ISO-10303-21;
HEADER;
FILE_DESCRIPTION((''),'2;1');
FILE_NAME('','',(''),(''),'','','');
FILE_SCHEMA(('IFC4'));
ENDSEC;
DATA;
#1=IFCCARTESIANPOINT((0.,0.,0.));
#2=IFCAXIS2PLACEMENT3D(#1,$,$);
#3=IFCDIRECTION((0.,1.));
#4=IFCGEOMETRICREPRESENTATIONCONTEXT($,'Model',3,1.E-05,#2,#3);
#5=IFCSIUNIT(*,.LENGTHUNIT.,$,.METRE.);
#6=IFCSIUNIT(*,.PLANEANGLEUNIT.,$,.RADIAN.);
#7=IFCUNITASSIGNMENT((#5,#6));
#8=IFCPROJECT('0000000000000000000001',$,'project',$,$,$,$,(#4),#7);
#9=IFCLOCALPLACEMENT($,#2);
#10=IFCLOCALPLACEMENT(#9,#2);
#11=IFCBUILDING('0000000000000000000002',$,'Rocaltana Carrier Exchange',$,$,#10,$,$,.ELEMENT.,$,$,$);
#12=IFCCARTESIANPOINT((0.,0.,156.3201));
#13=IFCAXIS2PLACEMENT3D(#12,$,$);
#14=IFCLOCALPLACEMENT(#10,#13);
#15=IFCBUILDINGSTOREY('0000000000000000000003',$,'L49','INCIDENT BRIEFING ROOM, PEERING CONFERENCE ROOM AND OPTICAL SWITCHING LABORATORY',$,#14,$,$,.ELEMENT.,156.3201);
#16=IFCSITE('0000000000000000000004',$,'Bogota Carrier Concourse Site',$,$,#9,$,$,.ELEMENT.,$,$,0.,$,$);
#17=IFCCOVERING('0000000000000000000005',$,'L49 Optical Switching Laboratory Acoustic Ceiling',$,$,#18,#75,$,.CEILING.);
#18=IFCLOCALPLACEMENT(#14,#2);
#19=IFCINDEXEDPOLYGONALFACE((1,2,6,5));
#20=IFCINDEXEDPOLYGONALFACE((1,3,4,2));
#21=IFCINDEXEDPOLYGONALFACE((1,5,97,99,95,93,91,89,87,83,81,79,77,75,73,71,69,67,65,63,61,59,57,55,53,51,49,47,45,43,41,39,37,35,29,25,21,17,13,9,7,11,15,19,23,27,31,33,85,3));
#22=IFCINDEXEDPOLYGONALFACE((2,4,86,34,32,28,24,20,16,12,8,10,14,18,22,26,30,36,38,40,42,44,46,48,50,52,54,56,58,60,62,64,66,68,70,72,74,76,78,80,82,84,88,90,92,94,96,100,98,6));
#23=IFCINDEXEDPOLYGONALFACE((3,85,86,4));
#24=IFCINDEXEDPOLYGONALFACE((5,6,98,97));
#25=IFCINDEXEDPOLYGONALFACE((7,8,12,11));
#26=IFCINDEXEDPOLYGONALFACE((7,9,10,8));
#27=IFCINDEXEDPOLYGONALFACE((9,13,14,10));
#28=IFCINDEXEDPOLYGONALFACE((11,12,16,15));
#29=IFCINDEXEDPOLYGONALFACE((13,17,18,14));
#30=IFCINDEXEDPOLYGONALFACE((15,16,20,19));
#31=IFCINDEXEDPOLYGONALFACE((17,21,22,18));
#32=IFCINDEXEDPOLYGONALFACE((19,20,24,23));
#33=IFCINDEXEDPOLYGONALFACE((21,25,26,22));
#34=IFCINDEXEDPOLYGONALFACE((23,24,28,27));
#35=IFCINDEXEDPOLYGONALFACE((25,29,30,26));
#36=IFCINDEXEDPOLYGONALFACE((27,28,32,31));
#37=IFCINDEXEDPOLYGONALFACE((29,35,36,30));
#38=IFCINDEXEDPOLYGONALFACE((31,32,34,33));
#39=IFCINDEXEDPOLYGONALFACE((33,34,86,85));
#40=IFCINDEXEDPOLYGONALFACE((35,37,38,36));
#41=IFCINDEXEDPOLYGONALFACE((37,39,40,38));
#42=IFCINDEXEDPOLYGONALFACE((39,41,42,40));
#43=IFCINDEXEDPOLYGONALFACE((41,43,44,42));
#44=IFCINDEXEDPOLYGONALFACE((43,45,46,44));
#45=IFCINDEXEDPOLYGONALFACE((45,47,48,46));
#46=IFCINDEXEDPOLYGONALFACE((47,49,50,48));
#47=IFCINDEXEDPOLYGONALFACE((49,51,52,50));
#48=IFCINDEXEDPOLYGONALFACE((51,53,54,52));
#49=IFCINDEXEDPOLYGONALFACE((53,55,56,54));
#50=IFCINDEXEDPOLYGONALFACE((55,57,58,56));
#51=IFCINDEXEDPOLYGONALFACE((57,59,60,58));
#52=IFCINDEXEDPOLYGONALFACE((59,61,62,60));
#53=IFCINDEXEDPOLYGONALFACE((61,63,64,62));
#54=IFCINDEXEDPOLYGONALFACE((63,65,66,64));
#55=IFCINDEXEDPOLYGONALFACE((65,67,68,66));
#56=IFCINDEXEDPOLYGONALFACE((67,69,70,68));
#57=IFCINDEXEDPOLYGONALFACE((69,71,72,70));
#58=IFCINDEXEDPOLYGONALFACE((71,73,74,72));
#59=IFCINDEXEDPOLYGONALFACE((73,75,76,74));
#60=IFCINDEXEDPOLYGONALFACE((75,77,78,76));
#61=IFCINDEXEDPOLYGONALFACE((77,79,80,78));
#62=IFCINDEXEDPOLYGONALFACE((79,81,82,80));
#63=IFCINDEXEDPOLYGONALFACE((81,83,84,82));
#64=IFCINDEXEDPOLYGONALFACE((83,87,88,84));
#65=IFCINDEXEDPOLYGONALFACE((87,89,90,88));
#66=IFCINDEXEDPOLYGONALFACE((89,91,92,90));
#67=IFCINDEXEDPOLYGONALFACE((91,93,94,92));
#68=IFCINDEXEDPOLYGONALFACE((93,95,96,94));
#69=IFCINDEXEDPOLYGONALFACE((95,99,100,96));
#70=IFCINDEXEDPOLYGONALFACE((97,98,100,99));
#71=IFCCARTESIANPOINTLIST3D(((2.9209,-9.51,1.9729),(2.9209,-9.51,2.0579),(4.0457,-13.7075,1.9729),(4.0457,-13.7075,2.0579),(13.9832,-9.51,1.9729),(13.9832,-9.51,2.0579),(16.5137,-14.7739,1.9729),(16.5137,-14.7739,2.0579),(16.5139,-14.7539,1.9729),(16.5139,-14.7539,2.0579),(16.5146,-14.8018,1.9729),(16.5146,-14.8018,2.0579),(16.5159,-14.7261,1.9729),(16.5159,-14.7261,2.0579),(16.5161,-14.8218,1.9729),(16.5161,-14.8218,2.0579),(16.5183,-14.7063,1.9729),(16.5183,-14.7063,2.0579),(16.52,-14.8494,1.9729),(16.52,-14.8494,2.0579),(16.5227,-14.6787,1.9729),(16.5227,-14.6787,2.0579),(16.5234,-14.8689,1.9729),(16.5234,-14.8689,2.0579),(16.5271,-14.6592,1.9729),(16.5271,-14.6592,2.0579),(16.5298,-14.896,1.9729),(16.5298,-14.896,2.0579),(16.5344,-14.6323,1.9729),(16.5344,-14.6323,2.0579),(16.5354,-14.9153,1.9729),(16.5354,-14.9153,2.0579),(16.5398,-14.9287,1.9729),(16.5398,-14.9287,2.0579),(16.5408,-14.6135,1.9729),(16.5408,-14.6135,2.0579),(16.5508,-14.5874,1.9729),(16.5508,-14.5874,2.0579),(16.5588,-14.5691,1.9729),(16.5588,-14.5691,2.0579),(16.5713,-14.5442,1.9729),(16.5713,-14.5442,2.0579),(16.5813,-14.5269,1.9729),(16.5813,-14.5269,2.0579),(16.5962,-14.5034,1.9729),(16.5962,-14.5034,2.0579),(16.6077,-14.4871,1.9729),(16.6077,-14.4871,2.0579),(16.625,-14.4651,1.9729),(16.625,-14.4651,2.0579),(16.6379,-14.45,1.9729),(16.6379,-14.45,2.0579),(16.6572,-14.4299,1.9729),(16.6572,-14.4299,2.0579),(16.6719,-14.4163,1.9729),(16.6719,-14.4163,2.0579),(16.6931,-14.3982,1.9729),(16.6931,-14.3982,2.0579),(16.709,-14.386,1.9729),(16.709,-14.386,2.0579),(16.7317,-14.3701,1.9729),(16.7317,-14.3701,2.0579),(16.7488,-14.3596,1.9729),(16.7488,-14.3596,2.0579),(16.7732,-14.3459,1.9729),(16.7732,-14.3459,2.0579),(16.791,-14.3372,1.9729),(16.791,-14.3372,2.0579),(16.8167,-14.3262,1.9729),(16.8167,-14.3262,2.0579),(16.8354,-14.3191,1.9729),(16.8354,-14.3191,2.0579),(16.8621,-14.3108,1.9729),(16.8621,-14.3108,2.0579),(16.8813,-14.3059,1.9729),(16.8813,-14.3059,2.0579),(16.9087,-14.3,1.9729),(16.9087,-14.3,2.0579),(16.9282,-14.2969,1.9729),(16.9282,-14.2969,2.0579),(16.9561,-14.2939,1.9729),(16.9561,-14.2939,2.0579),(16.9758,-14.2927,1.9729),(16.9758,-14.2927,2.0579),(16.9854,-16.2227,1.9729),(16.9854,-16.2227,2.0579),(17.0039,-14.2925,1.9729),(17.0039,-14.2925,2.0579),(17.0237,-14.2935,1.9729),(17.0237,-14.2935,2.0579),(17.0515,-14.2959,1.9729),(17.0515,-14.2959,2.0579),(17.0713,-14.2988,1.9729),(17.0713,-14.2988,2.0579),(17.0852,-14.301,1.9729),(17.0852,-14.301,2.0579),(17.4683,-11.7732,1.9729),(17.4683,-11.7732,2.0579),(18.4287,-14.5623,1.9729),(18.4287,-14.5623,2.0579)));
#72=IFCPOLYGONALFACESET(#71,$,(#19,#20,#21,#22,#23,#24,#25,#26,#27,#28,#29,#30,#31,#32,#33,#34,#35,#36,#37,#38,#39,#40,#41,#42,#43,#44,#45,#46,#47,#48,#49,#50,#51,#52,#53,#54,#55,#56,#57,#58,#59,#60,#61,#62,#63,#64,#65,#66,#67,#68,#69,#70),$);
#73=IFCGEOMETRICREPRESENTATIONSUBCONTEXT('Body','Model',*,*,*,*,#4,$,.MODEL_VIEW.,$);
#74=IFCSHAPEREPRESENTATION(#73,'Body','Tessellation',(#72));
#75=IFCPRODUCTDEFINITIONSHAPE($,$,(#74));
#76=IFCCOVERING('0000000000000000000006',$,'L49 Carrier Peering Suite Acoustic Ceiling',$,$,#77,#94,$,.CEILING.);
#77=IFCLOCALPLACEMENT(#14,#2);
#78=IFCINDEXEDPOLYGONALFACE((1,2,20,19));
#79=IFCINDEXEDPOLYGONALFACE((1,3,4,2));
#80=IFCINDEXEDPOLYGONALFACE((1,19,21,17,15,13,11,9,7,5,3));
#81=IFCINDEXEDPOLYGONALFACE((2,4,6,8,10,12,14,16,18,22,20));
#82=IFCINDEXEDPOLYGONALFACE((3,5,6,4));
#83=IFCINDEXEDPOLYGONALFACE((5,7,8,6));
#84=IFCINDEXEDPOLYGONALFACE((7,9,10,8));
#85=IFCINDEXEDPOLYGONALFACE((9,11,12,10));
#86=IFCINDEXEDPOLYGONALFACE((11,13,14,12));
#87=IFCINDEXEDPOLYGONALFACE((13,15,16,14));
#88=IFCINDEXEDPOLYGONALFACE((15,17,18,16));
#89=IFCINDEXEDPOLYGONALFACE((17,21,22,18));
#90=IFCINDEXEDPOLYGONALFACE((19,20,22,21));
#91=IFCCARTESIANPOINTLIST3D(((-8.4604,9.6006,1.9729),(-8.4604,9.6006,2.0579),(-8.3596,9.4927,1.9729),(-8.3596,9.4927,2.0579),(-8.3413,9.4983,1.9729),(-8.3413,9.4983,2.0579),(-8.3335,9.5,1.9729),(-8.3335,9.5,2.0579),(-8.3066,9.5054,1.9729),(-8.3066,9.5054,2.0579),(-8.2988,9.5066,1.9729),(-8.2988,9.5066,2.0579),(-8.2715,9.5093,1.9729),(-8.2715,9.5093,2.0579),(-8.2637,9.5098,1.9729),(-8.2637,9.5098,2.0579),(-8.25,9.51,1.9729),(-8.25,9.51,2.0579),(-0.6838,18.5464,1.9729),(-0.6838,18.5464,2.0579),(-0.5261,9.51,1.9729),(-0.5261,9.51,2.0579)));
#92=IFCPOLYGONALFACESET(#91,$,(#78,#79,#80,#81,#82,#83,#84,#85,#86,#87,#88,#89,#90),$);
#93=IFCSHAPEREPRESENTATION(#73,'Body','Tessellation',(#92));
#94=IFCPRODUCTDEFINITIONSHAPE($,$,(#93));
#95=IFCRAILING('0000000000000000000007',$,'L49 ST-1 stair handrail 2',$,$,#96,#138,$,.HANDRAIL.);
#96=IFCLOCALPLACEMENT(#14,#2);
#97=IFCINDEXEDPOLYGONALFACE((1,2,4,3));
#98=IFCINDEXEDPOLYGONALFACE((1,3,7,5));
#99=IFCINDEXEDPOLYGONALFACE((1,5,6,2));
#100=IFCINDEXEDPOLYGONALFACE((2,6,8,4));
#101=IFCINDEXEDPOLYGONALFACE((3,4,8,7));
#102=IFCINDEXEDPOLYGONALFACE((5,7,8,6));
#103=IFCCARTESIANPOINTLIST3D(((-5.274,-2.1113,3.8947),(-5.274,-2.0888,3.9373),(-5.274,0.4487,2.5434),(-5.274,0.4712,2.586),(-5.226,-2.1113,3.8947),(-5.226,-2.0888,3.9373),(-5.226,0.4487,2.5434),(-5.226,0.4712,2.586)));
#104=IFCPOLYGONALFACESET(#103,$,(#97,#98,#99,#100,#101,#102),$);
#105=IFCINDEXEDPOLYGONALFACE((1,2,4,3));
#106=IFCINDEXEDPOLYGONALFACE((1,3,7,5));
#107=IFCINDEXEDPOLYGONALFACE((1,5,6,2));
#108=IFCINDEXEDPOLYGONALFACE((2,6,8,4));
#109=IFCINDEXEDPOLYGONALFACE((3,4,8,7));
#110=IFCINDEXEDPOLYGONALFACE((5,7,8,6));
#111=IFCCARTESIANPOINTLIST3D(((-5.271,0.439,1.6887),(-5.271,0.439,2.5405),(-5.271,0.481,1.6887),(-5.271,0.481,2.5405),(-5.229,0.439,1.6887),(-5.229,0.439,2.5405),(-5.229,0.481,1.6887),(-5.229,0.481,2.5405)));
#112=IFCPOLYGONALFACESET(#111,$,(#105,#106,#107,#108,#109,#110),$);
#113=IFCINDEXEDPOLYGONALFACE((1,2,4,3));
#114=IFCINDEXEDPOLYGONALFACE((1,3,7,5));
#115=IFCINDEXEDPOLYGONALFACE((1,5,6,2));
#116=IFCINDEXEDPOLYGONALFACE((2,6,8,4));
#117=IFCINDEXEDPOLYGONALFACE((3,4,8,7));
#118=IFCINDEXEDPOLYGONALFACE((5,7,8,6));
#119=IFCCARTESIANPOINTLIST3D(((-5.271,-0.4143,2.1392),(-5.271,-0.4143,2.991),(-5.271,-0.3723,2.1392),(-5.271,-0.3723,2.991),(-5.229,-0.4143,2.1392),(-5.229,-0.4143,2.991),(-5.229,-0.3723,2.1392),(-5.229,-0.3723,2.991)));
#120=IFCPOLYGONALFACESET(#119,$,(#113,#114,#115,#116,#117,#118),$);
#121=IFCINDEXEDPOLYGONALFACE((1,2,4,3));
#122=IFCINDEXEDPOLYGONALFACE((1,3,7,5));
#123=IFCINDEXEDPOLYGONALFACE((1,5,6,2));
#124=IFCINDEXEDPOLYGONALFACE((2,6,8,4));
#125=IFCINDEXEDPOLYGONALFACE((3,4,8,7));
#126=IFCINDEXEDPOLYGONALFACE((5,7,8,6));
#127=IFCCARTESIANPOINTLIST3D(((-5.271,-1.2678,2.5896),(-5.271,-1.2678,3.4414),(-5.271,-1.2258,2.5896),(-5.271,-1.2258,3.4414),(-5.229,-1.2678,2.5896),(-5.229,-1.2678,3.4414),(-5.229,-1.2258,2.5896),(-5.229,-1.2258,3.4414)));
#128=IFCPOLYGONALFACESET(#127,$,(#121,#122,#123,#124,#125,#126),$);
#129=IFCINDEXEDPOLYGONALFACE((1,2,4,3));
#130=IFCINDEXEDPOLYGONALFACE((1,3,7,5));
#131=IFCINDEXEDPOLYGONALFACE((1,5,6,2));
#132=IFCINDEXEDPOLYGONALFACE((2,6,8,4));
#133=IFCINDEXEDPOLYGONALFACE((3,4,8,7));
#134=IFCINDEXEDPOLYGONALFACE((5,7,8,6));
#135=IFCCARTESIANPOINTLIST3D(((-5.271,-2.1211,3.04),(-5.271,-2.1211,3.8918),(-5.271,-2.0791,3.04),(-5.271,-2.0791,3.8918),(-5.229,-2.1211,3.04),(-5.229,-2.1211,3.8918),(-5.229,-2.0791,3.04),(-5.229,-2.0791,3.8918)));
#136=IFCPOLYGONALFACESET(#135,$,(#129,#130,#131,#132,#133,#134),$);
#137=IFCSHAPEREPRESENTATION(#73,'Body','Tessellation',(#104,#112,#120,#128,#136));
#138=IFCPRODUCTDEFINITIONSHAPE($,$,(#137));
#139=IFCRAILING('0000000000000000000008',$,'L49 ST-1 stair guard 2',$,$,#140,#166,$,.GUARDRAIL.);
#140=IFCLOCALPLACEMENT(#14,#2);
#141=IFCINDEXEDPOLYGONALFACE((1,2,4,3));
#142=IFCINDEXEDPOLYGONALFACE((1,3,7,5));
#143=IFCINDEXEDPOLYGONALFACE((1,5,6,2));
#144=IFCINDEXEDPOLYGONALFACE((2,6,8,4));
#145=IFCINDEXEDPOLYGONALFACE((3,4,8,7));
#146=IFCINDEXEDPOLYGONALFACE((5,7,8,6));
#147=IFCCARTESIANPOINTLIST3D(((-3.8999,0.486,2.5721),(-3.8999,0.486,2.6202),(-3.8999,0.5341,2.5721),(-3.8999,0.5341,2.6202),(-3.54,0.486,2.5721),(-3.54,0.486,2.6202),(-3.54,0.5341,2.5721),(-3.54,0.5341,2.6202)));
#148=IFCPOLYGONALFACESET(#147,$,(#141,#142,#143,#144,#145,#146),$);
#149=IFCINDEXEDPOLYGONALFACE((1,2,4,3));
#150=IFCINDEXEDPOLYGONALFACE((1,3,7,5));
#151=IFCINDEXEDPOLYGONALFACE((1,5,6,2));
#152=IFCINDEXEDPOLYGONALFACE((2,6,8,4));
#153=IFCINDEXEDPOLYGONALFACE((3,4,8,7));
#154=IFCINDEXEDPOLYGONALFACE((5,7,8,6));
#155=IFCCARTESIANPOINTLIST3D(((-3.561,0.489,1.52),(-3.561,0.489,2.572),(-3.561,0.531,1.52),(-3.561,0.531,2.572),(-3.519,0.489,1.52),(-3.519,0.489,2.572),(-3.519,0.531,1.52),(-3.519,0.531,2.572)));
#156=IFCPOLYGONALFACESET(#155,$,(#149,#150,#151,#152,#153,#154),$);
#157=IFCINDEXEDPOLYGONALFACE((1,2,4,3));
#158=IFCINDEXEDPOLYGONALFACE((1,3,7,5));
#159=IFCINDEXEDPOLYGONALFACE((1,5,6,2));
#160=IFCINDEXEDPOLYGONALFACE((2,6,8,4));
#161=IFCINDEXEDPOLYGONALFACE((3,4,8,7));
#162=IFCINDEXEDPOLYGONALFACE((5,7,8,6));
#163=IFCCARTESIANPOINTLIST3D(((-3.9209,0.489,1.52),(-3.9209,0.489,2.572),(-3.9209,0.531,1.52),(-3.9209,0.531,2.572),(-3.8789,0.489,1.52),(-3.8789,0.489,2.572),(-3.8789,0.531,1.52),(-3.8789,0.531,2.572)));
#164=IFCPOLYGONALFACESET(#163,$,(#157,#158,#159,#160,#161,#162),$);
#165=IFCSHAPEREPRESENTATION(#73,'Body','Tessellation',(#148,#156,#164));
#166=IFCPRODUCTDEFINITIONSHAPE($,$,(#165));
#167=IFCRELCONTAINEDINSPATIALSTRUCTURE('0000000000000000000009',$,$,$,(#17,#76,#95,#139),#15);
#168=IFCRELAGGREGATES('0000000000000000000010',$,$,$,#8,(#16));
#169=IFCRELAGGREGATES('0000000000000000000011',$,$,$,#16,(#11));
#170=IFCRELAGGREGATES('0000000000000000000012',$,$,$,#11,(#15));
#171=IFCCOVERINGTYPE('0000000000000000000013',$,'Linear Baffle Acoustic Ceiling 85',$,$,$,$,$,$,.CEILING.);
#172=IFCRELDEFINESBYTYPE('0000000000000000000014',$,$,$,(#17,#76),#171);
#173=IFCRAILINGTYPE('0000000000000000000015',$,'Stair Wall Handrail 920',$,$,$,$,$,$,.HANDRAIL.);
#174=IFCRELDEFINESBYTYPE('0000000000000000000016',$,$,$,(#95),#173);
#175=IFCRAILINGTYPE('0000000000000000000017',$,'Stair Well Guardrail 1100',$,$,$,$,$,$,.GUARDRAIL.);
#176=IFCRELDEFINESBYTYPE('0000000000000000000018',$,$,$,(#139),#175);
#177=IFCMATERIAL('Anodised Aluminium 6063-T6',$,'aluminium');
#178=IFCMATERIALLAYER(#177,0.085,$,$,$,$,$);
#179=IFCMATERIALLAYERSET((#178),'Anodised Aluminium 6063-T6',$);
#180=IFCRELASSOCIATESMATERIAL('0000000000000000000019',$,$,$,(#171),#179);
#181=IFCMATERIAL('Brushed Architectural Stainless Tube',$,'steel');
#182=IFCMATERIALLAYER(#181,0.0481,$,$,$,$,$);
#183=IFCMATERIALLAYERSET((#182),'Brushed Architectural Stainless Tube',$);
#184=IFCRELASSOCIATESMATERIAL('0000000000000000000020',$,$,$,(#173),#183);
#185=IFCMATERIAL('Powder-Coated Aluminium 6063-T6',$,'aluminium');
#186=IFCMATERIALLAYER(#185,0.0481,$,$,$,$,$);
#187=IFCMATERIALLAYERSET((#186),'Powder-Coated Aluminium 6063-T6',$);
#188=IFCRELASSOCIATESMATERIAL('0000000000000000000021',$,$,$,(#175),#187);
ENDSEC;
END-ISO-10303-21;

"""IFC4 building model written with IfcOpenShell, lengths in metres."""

from ifc_helpers import new_model, si_unit, direction, frame, origin, origin_2d, place, context, subcontext, project, spatial, polyline, rectangle, outline, extrude, material, layer, layer_set, type_object, element, save


model = new_model("IFC4")

# Units and contexts
model_context = context("Model", 3, precision=1e-05, world=origin(), true_north=direction((0.0, 1.0)))
body_context = subcontext(model_context, "Body", "Model", "MODEL_VIEW")
ifc_project = project(units=[si_unit("LENGTHUNIT", "METRE"), si_unit("PLANEANGLEUNIT", "RADIAN")], contexts=[model_context])

# Site, building, storey
site_placement = place(None, origin())
site = spatial("IfcSite", under=ifc_project, at=site_placement, Name="Bogota Carrier Concourse Site", CompositionType="ELEMENT", RefElevation=0.0)
building_placement = place(site_placement, origin())
building = spatial("IfcBuilding", under=site, at=building_placement, Name="Rocaltana Carrier Exchange", CompositionType="ELEMENT")
storey_placement = place(building_placement, frame((0.0, 0.0, 156.3201)))
storey = spatial("IfcBuildingStorey", under=building, at=storey_placement, Name="L49", Description="INCIDENT BRIEFING ROOM, PEERING CONFERENCE ROOM AND OPTICAL SWITCHING LABORATORY", CompositionType="ELEMENT", Elevation=156.3201)

# Coverings
ifc_material_1 = material(Name="Anodised Aluminium 6063-T6", Category="aluminium")
ifc_layer_1 = layer(ifc_material_1, 0.085)
ifc_layer_set_1 = layer_set([ifc_layer_1], Name="Anodised Aluminium 6063-T6")
covering_type_1 = type_object("IfcCoveringType", Name="Linear Baffle Acoustic Ceiling 85", PredefinedType="CEILING", material=ifc_layer_set_1)
covering_1_placement = place(storey_placement, frame((0.0, 0.0, 1.9729)))
element("IfcCovering", 1, at=covering_1_placement, inside=storey, type_object=covering_type_1, Name="L49 Optical Switching Laboratory Acoustic Ceiling", PredefinedType="CEILING", context=body_context, shape_type="SweptSolid", body=[
    extrude(outline(polyline([(18.4287, -14.5623), (17.0852, -14.301), (17.0713, -14.2988), (17.0515, -14.2959), (17.0237, -14.2935), (17.0039, -14.2925), (16.9758, -14.2927), (16.9561, -14.2939), (16.9282, -14.2969), (16.9087, -14.3), (16.8813, -14.3059), (16.8621, -14.3108), (16.8354, -14.3191), (16.8167, -14.3262), (16.791, -14.3372), (16.7732, -14.3459), (16.7488, -14.3596), (16.7317, -14.3701), (16.709, -14.386), (16.6931, -14.3982), (16.6719, -14.4163), (16.6572, -14.4299), (16.6379, -14.45), (16.625, -14.4651), (16.6077, -14.4871), (16.5962, -14.5034), (16.5813, -14.5269), (16.5713, -14.5442), (16.5588, -14.5691), (16.5508, -14.5874), (16.5408, -14.6135), (16.5344, -14.6323), (16.5271, -14.6592), (16.5227, -14.6787), (16.5183, -14.7063), (16.5159, -14.7261), (16.5139, -14.7539), (16.5137, -14.7739), (16.5146, -14.8018), (16.5161, -14.8218), (16.52, -14.8494), (16.5234, -14.8689), (16.5298, -14.896), (16.5354, -14.9153), (16.5398, -14.9287), (16.9854, -16.2227), (4.0457, -13.7075), (2.9209, -9.51), (13.9832, -9.51), (17.4683, -11.7732), (18.4287, -14.5623)])), origin(), (0.0, 0.0, 1.0), 0.085),
])
covering_2_placement = place(storey_placement, frame((0.0, 0.0, 1.9729)))
element("IfcCovering", 2, at=covering_2_placement, inside=storey, type_object=covering_type_1, Name="L49 Carrier Peering Suite Acoustic Ceiling", PredefinedType="CEILING", context=body_context, shape_type="SweptSolid", body=[
    extrude(outline(polyline([(-8.3596, 9.4927), (-8.4604, 9.6006), (-0.6838, 18.5464), (-0.5261, 9.51), (-8.25, 9.51), (-8.2637, 9.5098), (-8.2715, 9.5093), (-8.2988, 9.5066), (-8.3066, 9.5054), (-8.3335, 9.5), (-8.3413, 9.4983), (-8.3596, 9.4927)])), origin(), (0.0, 0.0, 1.0), 0.085),
])

# Railings
ifc_material_2 = material(Name="Brushed Architectural Stainless Tube", Category="steel")
ifc_layer_2 = layer(ifc_material_2, 0.0481)
ifc_layer_set_2 = layer_set([ifc_layer_2], Name="Brushed Architectural Stainless Tube")
railing_type_1 = type_object("IfcRailingType", Name="Stair Wall Handrail 920", PredefinedType="HANDRAIL", material=ifc_layer_set_2)
railing_1_placement = place(storey_placement, frame((-5.25, 0.46, 1.6887)))
element("IfcRailing", 3, at=railing_1_placement, inside=storey, type_object=railing_type_1, Name="L49 ST-1 stair handrail 2", PredefinedType="HANDRAIL", context=body_context, shape_type="SweptSolid", body=[
    extrude(rectangle(XDim=0.0481, YDim=0.0481, at=origin_2d()), frame((0.0, 0.0, 0.876), z_axis=(0.0, -0.88436, 0.466806), x_axis=(1.0, 0.0, 0.0)), (0.0, 0.0, 1.0), 2.8948),
    extrude(rectangle(XDim=0.042, YDim=0.042, at=origin_2d()), origin(), (0.0, 0.0, 1.0), 0.8518),
    extrude(rectangle(XDim=0.042, YDim=0.042, at=origin_2d()), frame((0.0, -0.8533, 0.4504)), (0.0, 0.0, 1.0), 0.8518),
    extrude(rectangle(XDim=0.042, YDim=0.042, at=origin_2d()), frame((0.0, -1.7068, 0.9009)), (0.0, 0.0, 1.0), 0.8518),
    extrude(rectangle(XDim=0.042, YDim=0.042, at=origin_2d()), frame((0.0, -2.5601, 1.3513)), (0.0, 0.0, 1.0), 0.8518),
])
ifc_material_3 = material(Name="Powder-Coated Aluminium 6063-T6", Category="aluminium")
ifc_layer_3 = layer(ifc_material_3, 0.0481)
ifc_layer_set_3 = layer_set([ifc_layer_3], Name="Powder-Coated Aluminium 6063-T6")
railing_type_2 = type_object("IfcRailingType", Name="Stair Well Guardrail 1100", PredefinedType="GUARDRAIL", material=ifc_layer_set_3)
railing_2_placement = place(storey_placement, frame((-3.54, 0.51, 1.52)))
element("IfcRailing", 4, at=railing_2_placement, inside=storey, type_object=railing_type_2, Name="L49 ST-1 stair guard 2", PredefinedType="GUARDRAIL", context=body_context, shape_type="SweptSolid", body=[
    extrude(rectangle(XDim=0.0481, YDim=0.0481, at=origin_2d()), frame((0.0, 0.0, 1.0762), z_axis=(-1.0, 0.0, 0.0), x_axis=(0.0, -1.0, 0.0)), (0.0, 0.0, 1.0), 0.3599),
    extrude(rectangle(XDim=0.042, YDim=0.042, at=origin_2d()), origin(), (0.0, 0.0, 1.0), 1.052),
    extrude(rectangle(XDim=0.042, YDim=0.042, at=origin_2d()), frame((-0.3599, 0.0, 0.0)), (0.0, 0.0, 1.0), 1.052),
])

save(model, "model.ifc")
